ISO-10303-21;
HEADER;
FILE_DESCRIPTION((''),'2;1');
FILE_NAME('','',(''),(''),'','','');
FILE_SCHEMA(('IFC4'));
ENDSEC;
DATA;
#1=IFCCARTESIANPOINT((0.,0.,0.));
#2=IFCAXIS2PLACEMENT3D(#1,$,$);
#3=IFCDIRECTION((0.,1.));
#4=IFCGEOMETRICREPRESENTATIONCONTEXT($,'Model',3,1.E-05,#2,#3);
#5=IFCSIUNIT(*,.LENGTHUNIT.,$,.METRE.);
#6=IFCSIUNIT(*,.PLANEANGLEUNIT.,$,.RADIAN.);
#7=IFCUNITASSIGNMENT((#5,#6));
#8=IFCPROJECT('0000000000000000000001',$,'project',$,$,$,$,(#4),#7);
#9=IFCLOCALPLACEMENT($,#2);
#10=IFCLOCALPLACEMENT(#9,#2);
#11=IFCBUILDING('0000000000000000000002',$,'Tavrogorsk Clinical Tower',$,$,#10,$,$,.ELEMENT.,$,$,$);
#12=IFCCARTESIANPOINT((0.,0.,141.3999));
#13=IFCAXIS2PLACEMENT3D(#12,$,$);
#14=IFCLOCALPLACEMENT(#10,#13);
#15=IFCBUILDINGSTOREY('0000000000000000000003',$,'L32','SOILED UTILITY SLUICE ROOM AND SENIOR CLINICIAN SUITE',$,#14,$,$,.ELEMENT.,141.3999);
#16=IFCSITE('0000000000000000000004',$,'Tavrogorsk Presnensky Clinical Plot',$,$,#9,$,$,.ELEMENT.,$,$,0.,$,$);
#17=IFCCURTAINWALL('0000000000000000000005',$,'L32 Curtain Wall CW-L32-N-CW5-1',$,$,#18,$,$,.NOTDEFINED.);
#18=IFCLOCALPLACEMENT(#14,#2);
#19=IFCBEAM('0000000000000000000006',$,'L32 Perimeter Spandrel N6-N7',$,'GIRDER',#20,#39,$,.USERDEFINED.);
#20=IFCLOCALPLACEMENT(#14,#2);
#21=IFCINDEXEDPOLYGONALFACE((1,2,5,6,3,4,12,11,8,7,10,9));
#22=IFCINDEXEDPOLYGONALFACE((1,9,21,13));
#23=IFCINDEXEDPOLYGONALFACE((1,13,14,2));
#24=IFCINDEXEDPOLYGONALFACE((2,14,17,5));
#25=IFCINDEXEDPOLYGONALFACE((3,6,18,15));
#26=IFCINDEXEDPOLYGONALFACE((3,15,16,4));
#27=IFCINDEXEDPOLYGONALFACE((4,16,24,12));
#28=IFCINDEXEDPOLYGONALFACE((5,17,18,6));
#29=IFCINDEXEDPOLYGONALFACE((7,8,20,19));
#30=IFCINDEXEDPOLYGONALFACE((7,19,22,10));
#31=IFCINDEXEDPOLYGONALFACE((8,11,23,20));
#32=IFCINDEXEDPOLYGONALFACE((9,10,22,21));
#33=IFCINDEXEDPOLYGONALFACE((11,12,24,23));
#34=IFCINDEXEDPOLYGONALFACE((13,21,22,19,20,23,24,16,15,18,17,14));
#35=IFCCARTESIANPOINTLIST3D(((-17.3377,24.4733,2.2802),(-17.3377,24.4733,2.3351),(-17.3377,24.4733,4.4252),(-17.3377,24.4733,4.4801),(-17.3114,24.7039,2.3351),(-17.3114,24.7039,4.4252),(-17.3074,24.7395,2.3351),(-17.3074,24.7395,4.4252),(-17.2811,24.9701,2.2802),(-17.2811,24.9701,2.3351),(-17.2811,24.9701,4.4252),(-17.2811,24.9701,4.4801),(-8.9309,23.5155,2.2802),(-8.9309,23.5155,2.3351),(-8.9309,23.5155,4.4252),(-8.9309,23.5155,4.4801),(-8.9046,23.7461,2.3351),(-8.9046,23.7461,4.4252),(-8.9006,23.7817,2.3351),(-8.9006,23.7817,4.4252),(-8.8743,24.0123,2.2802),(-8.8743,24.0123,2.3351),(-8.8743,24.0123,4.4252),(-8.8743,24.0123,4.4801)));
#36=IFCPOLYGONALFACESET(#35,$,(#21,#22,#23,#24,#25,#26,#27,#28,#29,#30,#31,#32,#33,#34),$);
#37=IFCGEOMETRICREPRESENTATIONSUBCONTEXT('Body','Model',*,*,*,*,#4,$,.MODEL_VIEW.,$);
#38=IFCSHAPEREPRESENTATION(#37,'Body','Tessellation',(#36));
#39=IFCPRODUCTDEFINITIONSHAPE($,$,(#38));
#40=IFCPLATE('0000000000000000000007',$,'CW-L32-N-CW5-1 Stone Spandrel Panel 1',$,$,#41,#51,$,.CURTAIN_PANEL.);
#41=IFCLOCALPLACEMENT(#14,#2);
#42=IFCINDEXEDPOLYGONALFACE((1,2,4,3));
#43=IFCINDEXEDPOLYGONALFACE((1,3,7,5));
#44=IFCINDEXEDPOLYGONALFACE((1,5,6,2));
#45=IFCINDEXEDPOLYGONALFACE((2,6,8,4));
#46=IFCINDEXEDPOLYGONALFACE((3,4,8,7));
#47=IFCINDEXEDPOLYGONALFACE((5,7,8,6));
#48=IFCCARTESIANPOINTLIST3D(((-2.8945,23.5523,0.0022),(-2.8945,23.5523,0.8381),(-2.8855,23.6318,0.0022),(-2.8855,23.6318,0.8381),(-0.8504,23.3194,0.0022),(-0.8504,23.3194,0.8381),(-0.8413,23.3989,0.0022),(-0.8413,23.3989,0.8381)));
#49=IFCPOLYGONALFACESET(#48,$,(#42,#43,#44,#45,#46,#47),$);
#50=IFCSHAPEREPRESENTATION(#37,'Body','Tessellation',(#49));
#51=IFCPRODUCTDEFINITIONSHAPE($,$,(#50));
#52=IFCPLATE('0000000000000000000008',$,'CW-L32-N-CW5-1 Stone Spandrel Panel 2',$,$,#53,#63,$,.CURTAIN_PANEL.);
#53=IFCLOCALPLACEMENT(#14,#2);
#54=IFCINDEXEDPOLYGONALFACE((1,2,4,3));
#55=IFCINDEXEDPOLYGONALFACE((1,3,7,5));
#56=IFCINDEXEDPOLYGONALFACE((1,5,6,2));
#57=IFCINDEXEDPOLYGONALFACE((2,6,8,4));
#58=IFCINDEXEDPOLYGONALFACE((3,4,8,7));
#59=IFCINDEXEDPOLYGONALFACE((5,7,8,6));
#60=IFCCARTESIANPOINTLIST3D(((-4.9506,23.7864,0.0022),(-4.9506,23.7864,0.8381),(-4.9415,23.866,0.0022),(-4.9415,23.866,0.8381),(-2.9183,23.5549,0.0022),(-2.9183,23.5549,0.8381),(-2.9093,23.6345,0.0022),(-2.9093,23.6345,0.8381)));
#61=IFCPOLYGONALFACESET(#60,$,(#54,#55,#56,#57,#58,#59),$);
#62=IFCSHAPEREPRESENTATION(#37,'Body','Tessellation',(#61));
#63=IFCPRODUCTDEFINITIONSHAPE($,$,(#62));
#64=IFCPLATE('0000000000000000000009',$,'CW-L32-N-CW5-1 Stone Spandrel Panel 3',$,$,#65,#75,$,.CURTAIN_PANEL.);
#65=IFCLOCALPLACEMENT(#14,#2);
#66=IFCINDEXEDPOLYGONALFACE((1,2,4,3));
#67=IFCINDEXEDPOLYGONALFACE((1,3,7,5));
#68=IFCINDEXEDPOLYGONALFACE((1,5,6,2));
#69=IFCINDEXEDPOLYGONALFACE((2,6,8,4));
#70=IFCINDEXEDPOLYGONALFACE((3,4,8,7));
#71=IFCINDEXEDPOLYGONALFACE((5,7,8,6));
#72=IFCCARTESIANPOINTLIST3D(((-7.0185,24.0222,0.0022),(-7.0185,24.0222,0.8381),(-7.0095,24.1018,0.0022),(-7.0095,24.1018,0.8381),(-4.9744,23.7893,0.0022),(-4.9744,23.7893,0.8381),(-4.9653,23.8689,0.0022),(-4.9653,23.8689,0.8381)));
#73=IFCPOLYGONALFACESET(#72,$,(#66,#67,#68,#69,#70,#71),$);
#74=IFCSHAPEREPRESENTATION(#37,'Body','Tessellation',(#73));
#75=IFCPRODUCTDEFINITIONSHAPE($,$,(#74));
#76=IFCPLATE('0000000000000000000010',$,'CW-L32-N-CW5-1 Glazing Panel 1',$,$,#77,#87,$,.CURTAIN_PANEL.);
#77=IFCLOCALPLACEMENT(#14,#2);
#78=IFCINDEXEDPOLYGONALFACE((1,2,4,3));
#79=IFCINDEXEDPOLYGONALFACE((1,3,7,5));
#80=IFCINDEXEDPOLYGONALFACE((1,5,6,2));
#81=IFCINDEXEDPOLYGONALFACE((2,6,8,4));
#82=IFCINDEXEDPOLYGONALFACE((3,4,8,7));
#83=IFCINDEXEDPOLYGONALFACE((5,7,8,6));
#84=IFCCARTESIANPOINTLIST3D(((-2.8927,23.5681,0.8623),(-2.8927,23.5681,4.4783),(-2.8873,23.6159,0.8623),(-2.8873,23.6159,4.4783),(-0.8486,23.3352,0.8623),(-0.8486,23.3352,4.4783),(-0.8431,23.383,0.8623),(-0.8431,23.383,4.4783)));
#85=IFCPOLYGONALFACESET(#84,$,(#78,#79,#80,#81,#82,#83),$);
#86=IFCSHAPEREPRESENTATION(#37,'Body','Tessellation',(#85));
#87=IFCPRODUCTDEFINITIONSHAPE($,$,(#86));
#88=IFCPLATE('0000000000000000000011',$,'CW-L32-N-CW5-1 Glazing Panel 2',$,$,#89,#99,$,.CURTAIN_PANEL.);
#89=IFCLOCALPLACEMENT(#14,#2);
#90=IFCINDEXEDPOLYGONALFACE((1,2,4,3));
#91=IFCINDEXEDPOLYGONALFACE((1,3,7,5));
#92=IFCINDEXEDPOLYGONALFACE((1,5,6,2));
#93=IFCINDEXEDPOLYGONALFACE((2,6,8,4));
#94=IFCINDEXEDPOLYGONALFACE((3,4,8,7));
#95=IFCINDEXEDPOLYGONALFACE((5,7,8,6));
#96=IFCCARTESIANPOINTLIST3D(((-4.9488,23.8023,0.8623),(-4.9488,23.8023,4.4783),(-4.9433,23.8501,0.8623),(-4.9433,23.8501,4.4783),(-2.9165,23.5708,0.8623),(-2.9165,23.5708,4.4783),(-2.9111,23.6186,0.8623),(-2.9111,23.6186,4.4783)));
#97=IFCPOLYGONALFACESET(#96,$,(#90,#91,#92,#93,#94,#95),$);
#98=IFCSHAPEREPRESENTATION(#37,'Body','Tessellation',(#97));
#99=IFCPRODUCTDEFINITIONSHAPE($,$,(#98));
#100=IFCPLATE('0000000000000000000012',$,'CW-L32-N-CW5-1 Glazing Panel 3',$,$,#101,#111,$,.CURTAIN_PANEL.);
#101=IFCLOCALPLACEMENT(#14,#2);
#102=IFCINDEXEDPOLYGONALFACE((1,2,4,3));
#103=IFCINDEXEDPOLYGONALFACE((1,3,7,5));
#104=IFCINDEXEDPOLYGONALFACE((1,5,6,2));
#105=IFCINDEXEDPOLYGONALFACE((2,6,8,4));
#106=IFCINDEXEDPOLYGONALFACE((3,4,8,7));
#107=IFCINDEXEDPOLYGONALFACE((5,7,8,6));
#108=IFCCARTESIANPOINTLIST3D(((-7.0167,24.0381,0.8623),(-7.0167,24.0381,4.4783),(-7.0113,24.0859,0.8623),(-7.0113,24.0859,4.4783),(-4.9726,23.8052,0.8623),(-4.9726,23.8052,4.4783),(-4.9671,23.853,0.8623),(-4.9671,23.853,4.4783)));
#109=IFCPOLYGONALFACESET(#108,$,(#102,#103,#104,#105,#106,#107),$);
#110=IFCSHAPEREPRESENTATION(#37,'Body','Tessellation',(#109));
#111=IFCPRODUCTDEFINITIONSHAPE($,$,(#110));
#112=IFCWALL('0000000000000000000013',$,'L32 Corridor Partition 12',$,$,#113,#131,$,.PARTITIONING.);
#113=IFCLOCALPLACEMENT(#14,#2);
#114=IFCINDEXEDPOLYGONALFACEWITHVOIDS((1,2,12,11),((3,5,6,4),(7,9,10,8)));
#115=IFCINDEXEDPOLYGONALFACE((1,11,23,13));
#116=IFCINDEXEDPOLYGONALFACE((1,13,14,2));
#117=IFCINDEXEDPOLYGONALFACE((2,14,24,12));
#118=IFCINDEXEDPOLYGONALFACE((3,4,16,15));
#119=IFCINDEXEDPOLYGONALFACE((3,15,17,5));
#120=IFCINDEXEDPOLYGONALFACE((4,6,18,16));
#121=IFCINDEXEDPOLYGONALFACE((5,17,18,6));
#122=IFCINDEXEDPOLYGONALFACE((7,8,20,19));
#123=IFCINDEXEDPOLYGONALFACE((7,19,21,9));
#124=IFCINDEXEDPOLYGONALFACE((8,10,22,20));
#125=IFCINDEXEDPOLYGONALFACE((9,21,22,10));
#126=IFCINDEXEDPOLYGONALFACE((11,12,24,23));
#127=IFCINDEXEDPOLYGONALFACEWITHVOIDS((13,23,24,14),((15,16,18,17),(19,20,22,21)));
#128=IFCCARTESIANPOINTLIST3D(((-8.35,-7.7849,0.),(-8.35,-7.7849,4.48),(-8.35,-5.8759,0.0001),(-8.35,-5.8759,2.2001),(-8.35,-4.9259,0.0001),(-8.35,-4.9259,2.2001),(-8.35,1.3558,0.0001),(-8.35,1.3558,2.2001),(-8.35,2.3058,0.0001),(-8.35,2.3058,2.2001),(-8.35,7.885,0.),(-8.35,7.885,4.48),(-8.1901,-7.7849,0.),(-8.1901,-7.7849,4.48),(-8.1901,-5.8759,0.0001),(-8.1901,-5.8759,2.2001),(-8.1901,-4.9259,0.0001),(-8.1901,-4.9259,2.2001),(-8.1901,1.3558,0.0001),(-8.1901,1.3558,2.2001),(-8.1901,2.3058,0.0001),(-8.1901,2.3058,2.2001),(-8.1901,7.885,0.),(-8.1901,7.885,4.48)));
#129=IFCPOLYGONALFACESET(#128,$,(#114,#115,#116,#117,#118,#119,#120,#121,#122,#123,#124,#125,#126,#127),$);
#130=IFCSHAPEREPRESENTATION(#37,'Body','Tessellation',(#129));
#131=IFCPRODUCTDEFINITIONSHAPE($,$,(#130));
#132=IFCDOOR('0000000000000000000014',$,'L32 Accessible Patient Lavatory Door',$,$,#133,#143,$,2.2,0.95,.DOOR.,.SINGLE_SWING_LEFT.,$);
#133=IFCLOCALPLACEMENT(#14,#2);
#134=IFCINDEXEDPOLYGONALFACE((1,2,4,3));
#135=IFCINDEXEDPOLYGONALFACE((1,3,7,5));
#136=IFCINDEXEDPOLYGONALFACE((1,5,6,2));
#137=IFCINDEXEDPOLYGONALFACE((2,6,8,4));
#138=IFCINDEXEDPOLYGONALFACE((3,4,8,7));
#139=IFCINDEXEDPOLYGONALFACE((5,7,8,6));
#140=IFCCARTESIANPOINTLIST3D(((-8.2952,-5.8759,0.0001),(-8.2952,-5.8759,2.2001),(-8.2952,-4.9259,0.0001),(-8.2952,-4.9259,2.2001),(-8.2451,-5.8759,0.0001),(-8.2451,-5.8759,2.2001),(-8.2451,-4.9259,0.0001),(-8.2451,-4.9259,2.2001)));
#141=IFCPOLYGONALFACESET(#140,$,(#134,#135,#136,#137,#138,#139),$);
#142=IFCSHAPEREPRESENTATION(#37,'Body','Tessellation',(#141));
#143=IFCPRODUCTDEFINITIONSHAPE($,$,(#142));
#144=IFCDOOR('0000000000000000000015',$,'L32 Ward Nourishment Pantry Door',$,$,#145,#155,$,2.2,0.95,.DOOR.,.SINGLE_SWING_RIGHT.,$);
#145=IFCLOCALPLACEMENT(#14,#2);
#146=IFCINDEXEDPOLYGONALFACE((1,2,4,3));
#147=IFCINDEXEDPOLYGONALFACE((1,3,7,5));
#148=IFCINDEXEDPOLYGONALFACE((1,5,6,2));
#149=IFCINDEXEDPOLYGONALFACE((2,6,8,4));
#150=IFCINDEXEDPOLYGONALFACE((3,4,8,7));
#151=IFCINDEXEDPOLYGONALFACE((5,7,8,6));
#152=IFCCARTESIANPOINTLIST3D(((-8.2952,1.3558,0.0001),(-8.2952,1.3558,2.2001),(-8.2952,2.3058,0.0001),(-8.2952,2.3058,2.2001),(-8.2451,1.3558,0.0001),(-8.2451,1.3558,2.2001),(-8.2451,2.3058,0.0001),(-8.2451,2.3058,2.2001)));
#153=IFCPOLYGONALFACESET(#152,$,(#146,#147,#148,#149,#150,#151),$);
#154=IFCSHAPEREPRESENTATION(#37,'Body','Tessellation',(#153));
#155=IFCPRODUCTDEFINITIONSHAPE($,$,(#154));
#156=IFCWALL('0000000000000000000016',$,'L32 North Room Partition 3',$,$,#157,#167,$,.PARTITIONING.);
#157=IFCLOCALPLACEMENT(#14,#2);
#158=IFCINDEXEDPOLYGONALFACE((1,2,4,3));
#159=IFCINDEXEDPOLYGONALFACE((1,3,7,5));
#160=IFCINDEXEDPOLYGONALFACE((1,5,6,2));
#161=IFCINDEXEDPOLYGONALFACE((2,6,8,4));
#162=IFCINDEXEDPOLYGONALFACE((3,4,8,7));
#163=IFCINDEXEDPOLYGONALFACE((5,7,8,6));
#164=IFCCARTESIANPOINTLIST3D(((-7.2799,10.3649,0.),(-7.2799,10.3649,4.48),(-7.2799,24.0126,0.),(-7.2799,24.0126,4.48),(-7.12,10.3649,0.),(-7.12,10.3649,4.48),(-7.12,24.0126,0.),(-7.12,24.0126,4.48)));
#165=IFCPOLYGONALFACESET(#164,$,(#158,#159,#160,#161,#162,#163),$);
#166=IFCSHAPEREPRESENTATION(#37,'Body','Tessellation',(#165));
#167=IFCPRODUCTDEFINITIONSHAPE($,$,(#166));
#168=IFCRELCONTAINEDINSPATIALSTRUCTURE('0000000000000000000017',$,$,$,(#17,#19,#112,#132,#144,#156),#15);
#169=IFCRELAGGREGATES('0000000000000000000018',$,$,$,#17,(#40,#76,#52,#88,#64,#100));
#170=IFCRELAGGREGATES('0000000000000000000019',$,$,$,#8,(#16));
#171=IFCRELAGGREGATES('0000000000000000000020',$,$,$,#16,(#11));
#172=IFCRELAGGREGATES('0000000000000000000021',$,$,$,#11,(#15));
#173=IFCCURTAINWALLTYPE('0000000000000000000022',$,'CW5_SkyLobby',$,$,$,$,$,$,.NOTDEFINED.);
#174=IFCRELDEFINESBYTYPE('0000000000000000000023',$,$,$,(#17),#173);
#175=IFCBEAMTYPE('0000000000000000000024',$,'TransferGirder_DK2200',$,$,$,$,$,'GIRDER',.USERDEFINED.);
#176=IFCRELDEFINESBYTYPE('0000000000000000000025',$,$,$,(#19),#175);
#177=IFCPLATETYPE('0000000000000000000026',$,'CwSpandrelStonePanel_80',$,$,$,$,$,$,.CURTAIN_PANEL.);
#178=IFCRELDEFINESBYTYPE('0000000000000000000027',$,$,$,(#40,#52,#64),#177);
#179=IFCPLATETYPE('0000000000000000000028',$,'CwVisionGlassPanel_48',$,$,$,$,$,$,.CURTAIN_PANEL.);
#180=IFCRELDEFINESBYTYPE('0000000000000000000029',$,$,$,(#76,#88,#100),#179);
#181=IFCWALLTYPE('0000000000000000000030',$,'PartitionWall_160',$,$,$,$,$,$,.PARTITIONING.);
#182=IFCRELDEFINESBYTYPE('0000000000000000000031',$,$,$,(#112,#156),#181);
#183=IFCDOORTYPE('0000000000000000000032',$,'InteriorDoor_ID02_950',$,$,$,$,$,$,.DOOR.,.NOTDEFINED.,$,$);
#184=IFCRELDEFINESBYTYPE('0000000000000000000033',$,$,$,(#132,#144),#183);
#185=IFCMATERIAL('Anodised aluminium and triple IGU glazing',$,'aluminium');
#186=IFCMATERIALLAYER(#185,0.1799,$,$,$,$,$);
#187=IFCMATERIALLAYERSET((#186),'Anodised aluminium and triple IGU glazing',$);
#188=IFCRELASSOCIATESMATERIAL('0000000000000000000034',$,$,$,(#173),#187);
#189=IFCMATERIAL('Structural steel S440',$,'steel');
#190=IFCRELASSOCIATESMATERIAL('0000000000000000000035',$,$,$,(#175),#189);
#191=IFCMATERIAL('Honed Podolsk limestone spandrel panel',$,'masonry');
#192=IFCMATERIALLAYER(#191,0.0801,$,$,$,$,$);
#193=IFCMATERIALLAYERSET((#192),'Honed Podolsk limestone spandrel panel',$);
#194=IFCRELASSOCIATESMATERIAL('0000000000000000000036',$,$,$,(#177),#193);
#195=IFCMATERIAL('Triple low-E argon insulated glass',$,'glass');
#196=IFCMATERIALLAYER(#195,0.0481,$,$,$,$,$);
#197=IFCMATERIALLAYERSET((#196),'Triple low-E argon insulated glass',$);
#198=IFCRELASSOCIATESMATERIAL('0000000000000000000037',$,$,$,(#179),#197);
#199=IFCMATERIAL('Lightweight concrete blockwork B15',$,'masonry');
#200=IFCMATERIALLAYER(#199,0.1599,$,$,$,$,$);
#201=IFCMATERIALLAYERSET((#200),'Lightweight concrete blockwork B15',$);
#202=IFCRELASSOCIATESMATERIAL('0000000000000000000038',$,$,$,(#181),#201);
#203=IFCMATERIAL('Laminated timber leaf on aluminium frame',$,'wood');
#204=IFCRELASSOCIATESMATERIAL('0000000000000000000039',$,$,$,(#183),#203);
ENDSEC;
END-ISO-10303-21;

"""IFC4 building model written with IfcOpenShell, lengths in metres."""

from ifc_helpers import new_model, si_unit, direction, frame, frame_2d, origin, origin_2d, place, context, subcontext, project, spatial, rectangle, i_section, extrude, material, layer, layer_set, material_profile, profile_set, type_object, element, fill, aggregate, save


model = new_model("IFC4")

# Units and contexts
model_context = context("Model", 3, precision=1e-05, world=origin(), true_north=direction((0.0, 1.0)))
body_context = subcontext(model_context, "Body", "Model", "MODEL_VIEW")
ifc_project = project(units=[si_unit("LENGTHUNIT", "METRE"), si_unit("PLANEANGLEUNIT", "RADIAN")], contexts=[model_context])

# Site, building, storey
site_placement = place(None, origin())
site = spatial("IfcSite", under=ifc_project, at=site_placement, Name="Tavrogorsk Presnensky Clinical Plot", CompositionType="ELEMENT", RefElevation=0.0)
building_placement = place(site_placement, origin())
building = spatial("IfcBuilding", under=site, at=building_placement, Name="Tavrogorsk Clinical Tower", CompositionType="ELEMENT")
storey_placement = place(building_placement, frame((0.0, 0.0, 141.3999)))
storey = spatial("IfcBuildingStorey", under=building, at=storey_placement, Name="L32", Description="SOILED UTILITY SLUICE ROOM AND SENIOR CLINICIAN SUITE", CompositionType="ELEMENT", Elevation=141.3999)

# Curtain wall
ifc_material_1 = material(Name="Anodised aluminium and triple IGU glazing", Category="aluminium")
ifc_layer_1 = layer(ifc_material_1, 0.1799)
ifc_layer_set_1 = layer_set([ifc_layer_1], Name="Anodised aluminium and triple IGU glazing")
curtain_wall_type = type_object("IfcCurtainWallType", Name="CW5_SkyLobby", PredefinedType="NOTDEFINED", material=ifc_layer_set_1)
curtain_wall_placement = place(storey_placement, origin())
curtain_wall = element("IfcCurtainWall", 1, at=curtain_wall_placement, inside=storey, type_object=curtain_wall_type, Name="L32 Curtain Wall CW-L32-N-CW5-1", PredefinedType="NOTDEFINED")

# Beam
ifc_material_2 = material(Name="Structural steel S440", Category="steel")
ifc_material_profile_1 = material_profile(ifc_material_2, i_section(OverallWidth=0.5, OverallDepth=2.2, WebThickness=0.0359, FlangeThickness=0.0549, at=origin_2d()), Name="DK-2200x500x36x55")
ifc_profile_set_1 = profile_set([ifc_material_profile_1], Name="Structural steel S440")
beam_type_1 = type_object("IfcBeamType", Name="TransferGirder_DK2200", ElementType="GIRDER", PredefinedType="USERDEFINED", material=ifc_profile_set_1)
beam_placement = place(storey_placement, frame((-8.9026, 23.7639, 3.3801), z_axis=(-0.993573, 0.113196, 0.0), x_axis=(-0.113196, -0.993573, 0.0)))
element("IfcBeam", 2, at=beam_placement, inside=storey, type_object=beam_type_1, Name="L32 Perimeter Spandrel N6-N7", ObjectType="GIRDER", PredefinedType="USERDEFINED", context=body_context, shape_type="SweptSolid", body=[
    extrude(i_section(OverallWidth=0.5, OverallDepth=2.2, WebThickness=0.0359, FlangeThickness=0.0549, at=origin_2d()), origin(), (0.0, 0.0, 1.0), 8.4612),
])

# Plates
ifc_material_3 = material(Name="Honed Podolsk limestone spandrel panel", Category="masonry")
ifc_layer_2 = layer(ifc_material_3, 0.0801)
ifc_layer_set_2 = layer_set([ifc_layer_2], Name="Honed Podolsk limestone spandrel panel")
plate_type_1 = type_object("IfcPlateType", Name="CwSpandrelStonePanel_80", PredefinedType="CURTAIN_PANEL", material=ifc_layer_set_2)
plate_1_placement = place(storey_placement, frame((-1.8679, 23.4756, 0.0022), z_axis=(0.0, 0.0, 1.0), x_axis=(-0.993572, 0.113203, 0.0)))
plate_1 = element("IfcPlate", 3, at=plate_1_placement, type_object=plate_type_1, Name="CW-L32-N-CW5-1 Stone Spandrel Panel 1", PredefinedType="CURTAIN_PANEL", context=body_context, shape_type="SweptSolid", body=[
    extrude(rectangle(XDim=2.0574, YDim=0.0801, at=origin_2d()), origin(), (0.0, 0.0, 1.0), 0.8359),
])
plate_2_placement = place(storey_placement, frame((-3.9299, 23.7104, 0.0022), z_axis=(0.0, 0.0, 1.0), x_axis=(-0.993572, 0.113203, 0.0)))
plate_2 = element("IfcPlate", 4, at=plate_2_placement, type_object=plate_type_1, Name="CW-L32-N-CW5-1 Stone Spandrel Panel 2", PredefinedType="CURTAIN_PANEL", context=body_context, shape_type="SweptSolid", body=[
    extrude(rectangle(XDim=2.0454, YDim=0.0801, at=origin_2d()), origin(), (0.0, 0.0, 1.0), 0.8359),
])
plate_3_placement = place(storey_placement, frame((-5.9919, 23.9456, 0.0022), z_axis=(0.0, 0.0, 1.0), x_axis=(-0.993572, 0.113203, 0.0)))
plate_3 = element("IfcPlate", 5, at=plate_3_placement, type_object=plate_type_1, Name="CW-L32-N-CW5-1 Stone Spandrel Panel 3", PredefinedType="CURTAIN_PANEL", context=body_context, shape_type="SweptSolid", body=[
    extrude(rectangle(XDim=2.0574, YDim=0.0801, at=origin_2d()), origin(), (0.0, 0.0, 1.0), 0.8359),
])
ifc_material_4 = material(Name="Triple low-E argon insulated glass", Category="glass")
ifc_layer_3 = layer(ifc_material_4, 0.0481)
ifc_layer_set_3 = layer_set([ifc_layer_3], Name="Triple low-E argon insulated glass")
plate_type_2 = type_object("IfcPlateType", Name="CwVisionGlassPanel_48", PredefinedType="CURTAIN_PANEL", material=ifc_layer_set_3)
plate_4_placement = place(storey_placement, frame((-1.8679, 23.4756, 0.8623), z_axis=(0.0, 0.0, 1.0), x_axis=(-0.993572, 0.113203, 0.0)))
plate_4 = element("IfcPlate", 6, at=plate_4_placement, type_object=plate_type_2, Name="CW-L32-N-CW5-1 Glazing Panel 1", PredefinedType="CURTAIN_PANEL", context=body_context, shape_type="SweptSolid", body=[
    extrude(rectangle(XDim=2.0574, YDim=0.0481, at=origin_2d()), origin(), (0.0, 0.0, 1.0), 3.616),
])
plate_5_placement = place(storey_placement, frame((-3.9299, 23.7104, 0.8623), z_axis=(0.0, 0.0, 1.0), x_axis=(-0.993572, 0.113203, 0.0)))
plate_5 = element("IfcPlate", 7, at=plate_5_placement, type_object=plate_type_2, Name="CW-L32-N-CW5-1 Glazing Panel 2", PredefinedType="CURTAIN_PANEL", context=body_context, shape_type="SweptSolid", body=[
    extrude(rectangle(XDim=2.0454, YDim=0.0481, at=origin_2d()), origin(), (0.0, 0.0, 1.0), 3.616),
])
plate_6_placement = place(storey_placement, frame((-5.9919, 23.9456, 0.8623), z_axis=(0.0, 0.0, 1.0), x_axis=(-0.993572, 0.113203, 0.0)))
plate_6 = element("IfcPlate", 8, at=plate_6_placement, type_object=plate_type_2, Name="CW-L32-N-CW5-1 Glazing Panel 3", PredefinedType="CURTAIN_PANEL", context=body_context, shape_type="SweptSolid", body=[
    extrude(rectangle(XDim=2.0574, YDim=0.0481, at=origin_2d()), origin(), (0.0, 0.0, 1.0), 3.616),
])
aggregate(curtain_wall, [plate_1, plate_4, plate_2, plate_5, plate_3, plate_6])

# Wall, openings, doors
ifc_material_5 = material(Name="Lightweight concrete blockwork B15", Category="masonry")
ifc_layer_4 = layer(ifc_material_5, 0.1599)
ifc_layer_set_4 = layer_set([ifc_layer_4], Name="Lightweight concrete blockwork B15")
wall_type_1 = type_object("IfcWallType", Name="PartitionWall_160", PredefinedType="PARTITIONING", material=ifc_layer_set_4)
wall_1_placement = place(storey_placement, frame((-8.27, 7.885, 0.0), z_axis=(0.0, 0.0, 1.0), x_axis=(0.0, -1.0, 0.0)))
wall_1 = element("IfcWall", 9, at=wall_1_placement, inside=storey, type_object=wall_type_1, Name="L32 Corridor Partition 12", PredefinedType="PARTITIONING", context=body_context, shape_type="SweptSolid", body=[
    extrude(rectangle(XDim=15.6699, YDim=0.1599, at=frame_2d((7.835, 0.0))), origin(), (0.0, 0.0, 1.0), 4.48),
])
opening_1_placement = place(wall_1_placement, frame((12.8108, 0.0, 0.0)))
opening_1 = element("IfcOpeningElement", 10, at=opening_1_placement, cuts=wall_1, PredefinedType="OPENING", context=body_context, shape_type="SweptSolid", body=[
    extrude(rectangle(XDim=0.95, YDim=2.2, at=frame_2d((0.4751, 1.1001))), frame((0.0, 0.0898, 0.0), z_axis=(0.0, -1.0, 0.0), x_axis=(1.0, 0.0, 0.0)), (0.0, 0.0, 1.0), 0.1799),
])
opening_2_placement = place(wall_1_placement, frame((5.5791, 0.0, 0.0)))
opening_2 = element("IfcOpeningElement", 11, at=opening_2_placement, cuts=wall_1, PredefinedType="OPENING", context=body_context, shape_type="SweptSolid", body=[
    extrude(rectangle(XDim=0.95, YDim=2.2, at=frame_2d((0.4751, 1.1001))), frame((0.0, 0.0898, 0.0), z_axis=(0.0, -1.0, 0.0), x_axis=(1.0, 0.0, 0.0)), (0.0, 0.0, 1.0), 0.1799),
])
ifc_material_6 = material(Name="Laminated timber leaf on aluminium frame", Category="wood")
door_type = type_object("IfcDoorType", Name="InteriorDoor_ID02_950", OperationType="NOTDEFINED", PredefinedType="DOOR", material=ifc_material_6)
door_1_placement = place(opening_1_placement, origin())
door_1 = element("IfcDoor", 12, at=door_1_placement, inside=storey, type_object=door_type, Name="L32 Accessible Patient Lavatory Door", OperationType="SINGLE_SWING_LEFT", OverallHeight=2.2, OverallWidth=0.95, PredefinedType="DOOR", context=body_context, shape_type="SweptSolid", body=[
    extrude(rectangle(XDim=0.95, YDim=2.2, at=frame_2d((0.4751, 1.1001))), frame((0.0, 0.0249, 0.0), z_axis=(0.0, -1.0, 0.0), x_axis=(1.0, 0.0, 0.0)), (0.0, 0.0, 1.0), 0.05),
])
fill(opening_1, door_1)
door_2_placement = place(opening_2_placement, origin())
door_2 = element("IfcDoor", 13, at=door_2_placement, inside=storey, type_object=door_type, Name="L32 Ward Nourishment Pantry Door", OperationType="SINGLE_SWING_RIGHT", OverallHeight=2.2, OverallWidth=0.95, PredefinedType="DOOR", context=body_context, shape_type="SweptSolid", body=[
    extrude(rectangle(XDim=0.95, YDim=2.2, at=frame_2d((0.4751, 1.1001))), frame((0.0, 0.0249, 0.0), z_axis=(0.0, -1.0, 0.0), x_axis=(1.0, 0.0, 0.0)), (0.0, 0.0, 1.0), 0.05),
])
fill(opening_2, door_2)

# Wall
wall_2_placement = place(storey_placement, frame((-7.2, 10.365, 0.0), z_axis=(0.0, 0.0, 1.0), x_axis=(0.0, 1.0, 0.0)))
element("IfcWall", 14, at=wall_2_placement, inside=storey, type_object=wall_type_1, Name="L32 North Room Partition 3", PredefinedType="PARTITIONING", context=body_context, shape_type="SweptSolid", body=[
    extrude(rectangle(XDim=13.6477, YDim=0.1599, at=frame_2d((6.8237, 0.0))), origin(), (0.0, 0.0, 1.0), 4.48),
])

save(model, "model.ifc")
